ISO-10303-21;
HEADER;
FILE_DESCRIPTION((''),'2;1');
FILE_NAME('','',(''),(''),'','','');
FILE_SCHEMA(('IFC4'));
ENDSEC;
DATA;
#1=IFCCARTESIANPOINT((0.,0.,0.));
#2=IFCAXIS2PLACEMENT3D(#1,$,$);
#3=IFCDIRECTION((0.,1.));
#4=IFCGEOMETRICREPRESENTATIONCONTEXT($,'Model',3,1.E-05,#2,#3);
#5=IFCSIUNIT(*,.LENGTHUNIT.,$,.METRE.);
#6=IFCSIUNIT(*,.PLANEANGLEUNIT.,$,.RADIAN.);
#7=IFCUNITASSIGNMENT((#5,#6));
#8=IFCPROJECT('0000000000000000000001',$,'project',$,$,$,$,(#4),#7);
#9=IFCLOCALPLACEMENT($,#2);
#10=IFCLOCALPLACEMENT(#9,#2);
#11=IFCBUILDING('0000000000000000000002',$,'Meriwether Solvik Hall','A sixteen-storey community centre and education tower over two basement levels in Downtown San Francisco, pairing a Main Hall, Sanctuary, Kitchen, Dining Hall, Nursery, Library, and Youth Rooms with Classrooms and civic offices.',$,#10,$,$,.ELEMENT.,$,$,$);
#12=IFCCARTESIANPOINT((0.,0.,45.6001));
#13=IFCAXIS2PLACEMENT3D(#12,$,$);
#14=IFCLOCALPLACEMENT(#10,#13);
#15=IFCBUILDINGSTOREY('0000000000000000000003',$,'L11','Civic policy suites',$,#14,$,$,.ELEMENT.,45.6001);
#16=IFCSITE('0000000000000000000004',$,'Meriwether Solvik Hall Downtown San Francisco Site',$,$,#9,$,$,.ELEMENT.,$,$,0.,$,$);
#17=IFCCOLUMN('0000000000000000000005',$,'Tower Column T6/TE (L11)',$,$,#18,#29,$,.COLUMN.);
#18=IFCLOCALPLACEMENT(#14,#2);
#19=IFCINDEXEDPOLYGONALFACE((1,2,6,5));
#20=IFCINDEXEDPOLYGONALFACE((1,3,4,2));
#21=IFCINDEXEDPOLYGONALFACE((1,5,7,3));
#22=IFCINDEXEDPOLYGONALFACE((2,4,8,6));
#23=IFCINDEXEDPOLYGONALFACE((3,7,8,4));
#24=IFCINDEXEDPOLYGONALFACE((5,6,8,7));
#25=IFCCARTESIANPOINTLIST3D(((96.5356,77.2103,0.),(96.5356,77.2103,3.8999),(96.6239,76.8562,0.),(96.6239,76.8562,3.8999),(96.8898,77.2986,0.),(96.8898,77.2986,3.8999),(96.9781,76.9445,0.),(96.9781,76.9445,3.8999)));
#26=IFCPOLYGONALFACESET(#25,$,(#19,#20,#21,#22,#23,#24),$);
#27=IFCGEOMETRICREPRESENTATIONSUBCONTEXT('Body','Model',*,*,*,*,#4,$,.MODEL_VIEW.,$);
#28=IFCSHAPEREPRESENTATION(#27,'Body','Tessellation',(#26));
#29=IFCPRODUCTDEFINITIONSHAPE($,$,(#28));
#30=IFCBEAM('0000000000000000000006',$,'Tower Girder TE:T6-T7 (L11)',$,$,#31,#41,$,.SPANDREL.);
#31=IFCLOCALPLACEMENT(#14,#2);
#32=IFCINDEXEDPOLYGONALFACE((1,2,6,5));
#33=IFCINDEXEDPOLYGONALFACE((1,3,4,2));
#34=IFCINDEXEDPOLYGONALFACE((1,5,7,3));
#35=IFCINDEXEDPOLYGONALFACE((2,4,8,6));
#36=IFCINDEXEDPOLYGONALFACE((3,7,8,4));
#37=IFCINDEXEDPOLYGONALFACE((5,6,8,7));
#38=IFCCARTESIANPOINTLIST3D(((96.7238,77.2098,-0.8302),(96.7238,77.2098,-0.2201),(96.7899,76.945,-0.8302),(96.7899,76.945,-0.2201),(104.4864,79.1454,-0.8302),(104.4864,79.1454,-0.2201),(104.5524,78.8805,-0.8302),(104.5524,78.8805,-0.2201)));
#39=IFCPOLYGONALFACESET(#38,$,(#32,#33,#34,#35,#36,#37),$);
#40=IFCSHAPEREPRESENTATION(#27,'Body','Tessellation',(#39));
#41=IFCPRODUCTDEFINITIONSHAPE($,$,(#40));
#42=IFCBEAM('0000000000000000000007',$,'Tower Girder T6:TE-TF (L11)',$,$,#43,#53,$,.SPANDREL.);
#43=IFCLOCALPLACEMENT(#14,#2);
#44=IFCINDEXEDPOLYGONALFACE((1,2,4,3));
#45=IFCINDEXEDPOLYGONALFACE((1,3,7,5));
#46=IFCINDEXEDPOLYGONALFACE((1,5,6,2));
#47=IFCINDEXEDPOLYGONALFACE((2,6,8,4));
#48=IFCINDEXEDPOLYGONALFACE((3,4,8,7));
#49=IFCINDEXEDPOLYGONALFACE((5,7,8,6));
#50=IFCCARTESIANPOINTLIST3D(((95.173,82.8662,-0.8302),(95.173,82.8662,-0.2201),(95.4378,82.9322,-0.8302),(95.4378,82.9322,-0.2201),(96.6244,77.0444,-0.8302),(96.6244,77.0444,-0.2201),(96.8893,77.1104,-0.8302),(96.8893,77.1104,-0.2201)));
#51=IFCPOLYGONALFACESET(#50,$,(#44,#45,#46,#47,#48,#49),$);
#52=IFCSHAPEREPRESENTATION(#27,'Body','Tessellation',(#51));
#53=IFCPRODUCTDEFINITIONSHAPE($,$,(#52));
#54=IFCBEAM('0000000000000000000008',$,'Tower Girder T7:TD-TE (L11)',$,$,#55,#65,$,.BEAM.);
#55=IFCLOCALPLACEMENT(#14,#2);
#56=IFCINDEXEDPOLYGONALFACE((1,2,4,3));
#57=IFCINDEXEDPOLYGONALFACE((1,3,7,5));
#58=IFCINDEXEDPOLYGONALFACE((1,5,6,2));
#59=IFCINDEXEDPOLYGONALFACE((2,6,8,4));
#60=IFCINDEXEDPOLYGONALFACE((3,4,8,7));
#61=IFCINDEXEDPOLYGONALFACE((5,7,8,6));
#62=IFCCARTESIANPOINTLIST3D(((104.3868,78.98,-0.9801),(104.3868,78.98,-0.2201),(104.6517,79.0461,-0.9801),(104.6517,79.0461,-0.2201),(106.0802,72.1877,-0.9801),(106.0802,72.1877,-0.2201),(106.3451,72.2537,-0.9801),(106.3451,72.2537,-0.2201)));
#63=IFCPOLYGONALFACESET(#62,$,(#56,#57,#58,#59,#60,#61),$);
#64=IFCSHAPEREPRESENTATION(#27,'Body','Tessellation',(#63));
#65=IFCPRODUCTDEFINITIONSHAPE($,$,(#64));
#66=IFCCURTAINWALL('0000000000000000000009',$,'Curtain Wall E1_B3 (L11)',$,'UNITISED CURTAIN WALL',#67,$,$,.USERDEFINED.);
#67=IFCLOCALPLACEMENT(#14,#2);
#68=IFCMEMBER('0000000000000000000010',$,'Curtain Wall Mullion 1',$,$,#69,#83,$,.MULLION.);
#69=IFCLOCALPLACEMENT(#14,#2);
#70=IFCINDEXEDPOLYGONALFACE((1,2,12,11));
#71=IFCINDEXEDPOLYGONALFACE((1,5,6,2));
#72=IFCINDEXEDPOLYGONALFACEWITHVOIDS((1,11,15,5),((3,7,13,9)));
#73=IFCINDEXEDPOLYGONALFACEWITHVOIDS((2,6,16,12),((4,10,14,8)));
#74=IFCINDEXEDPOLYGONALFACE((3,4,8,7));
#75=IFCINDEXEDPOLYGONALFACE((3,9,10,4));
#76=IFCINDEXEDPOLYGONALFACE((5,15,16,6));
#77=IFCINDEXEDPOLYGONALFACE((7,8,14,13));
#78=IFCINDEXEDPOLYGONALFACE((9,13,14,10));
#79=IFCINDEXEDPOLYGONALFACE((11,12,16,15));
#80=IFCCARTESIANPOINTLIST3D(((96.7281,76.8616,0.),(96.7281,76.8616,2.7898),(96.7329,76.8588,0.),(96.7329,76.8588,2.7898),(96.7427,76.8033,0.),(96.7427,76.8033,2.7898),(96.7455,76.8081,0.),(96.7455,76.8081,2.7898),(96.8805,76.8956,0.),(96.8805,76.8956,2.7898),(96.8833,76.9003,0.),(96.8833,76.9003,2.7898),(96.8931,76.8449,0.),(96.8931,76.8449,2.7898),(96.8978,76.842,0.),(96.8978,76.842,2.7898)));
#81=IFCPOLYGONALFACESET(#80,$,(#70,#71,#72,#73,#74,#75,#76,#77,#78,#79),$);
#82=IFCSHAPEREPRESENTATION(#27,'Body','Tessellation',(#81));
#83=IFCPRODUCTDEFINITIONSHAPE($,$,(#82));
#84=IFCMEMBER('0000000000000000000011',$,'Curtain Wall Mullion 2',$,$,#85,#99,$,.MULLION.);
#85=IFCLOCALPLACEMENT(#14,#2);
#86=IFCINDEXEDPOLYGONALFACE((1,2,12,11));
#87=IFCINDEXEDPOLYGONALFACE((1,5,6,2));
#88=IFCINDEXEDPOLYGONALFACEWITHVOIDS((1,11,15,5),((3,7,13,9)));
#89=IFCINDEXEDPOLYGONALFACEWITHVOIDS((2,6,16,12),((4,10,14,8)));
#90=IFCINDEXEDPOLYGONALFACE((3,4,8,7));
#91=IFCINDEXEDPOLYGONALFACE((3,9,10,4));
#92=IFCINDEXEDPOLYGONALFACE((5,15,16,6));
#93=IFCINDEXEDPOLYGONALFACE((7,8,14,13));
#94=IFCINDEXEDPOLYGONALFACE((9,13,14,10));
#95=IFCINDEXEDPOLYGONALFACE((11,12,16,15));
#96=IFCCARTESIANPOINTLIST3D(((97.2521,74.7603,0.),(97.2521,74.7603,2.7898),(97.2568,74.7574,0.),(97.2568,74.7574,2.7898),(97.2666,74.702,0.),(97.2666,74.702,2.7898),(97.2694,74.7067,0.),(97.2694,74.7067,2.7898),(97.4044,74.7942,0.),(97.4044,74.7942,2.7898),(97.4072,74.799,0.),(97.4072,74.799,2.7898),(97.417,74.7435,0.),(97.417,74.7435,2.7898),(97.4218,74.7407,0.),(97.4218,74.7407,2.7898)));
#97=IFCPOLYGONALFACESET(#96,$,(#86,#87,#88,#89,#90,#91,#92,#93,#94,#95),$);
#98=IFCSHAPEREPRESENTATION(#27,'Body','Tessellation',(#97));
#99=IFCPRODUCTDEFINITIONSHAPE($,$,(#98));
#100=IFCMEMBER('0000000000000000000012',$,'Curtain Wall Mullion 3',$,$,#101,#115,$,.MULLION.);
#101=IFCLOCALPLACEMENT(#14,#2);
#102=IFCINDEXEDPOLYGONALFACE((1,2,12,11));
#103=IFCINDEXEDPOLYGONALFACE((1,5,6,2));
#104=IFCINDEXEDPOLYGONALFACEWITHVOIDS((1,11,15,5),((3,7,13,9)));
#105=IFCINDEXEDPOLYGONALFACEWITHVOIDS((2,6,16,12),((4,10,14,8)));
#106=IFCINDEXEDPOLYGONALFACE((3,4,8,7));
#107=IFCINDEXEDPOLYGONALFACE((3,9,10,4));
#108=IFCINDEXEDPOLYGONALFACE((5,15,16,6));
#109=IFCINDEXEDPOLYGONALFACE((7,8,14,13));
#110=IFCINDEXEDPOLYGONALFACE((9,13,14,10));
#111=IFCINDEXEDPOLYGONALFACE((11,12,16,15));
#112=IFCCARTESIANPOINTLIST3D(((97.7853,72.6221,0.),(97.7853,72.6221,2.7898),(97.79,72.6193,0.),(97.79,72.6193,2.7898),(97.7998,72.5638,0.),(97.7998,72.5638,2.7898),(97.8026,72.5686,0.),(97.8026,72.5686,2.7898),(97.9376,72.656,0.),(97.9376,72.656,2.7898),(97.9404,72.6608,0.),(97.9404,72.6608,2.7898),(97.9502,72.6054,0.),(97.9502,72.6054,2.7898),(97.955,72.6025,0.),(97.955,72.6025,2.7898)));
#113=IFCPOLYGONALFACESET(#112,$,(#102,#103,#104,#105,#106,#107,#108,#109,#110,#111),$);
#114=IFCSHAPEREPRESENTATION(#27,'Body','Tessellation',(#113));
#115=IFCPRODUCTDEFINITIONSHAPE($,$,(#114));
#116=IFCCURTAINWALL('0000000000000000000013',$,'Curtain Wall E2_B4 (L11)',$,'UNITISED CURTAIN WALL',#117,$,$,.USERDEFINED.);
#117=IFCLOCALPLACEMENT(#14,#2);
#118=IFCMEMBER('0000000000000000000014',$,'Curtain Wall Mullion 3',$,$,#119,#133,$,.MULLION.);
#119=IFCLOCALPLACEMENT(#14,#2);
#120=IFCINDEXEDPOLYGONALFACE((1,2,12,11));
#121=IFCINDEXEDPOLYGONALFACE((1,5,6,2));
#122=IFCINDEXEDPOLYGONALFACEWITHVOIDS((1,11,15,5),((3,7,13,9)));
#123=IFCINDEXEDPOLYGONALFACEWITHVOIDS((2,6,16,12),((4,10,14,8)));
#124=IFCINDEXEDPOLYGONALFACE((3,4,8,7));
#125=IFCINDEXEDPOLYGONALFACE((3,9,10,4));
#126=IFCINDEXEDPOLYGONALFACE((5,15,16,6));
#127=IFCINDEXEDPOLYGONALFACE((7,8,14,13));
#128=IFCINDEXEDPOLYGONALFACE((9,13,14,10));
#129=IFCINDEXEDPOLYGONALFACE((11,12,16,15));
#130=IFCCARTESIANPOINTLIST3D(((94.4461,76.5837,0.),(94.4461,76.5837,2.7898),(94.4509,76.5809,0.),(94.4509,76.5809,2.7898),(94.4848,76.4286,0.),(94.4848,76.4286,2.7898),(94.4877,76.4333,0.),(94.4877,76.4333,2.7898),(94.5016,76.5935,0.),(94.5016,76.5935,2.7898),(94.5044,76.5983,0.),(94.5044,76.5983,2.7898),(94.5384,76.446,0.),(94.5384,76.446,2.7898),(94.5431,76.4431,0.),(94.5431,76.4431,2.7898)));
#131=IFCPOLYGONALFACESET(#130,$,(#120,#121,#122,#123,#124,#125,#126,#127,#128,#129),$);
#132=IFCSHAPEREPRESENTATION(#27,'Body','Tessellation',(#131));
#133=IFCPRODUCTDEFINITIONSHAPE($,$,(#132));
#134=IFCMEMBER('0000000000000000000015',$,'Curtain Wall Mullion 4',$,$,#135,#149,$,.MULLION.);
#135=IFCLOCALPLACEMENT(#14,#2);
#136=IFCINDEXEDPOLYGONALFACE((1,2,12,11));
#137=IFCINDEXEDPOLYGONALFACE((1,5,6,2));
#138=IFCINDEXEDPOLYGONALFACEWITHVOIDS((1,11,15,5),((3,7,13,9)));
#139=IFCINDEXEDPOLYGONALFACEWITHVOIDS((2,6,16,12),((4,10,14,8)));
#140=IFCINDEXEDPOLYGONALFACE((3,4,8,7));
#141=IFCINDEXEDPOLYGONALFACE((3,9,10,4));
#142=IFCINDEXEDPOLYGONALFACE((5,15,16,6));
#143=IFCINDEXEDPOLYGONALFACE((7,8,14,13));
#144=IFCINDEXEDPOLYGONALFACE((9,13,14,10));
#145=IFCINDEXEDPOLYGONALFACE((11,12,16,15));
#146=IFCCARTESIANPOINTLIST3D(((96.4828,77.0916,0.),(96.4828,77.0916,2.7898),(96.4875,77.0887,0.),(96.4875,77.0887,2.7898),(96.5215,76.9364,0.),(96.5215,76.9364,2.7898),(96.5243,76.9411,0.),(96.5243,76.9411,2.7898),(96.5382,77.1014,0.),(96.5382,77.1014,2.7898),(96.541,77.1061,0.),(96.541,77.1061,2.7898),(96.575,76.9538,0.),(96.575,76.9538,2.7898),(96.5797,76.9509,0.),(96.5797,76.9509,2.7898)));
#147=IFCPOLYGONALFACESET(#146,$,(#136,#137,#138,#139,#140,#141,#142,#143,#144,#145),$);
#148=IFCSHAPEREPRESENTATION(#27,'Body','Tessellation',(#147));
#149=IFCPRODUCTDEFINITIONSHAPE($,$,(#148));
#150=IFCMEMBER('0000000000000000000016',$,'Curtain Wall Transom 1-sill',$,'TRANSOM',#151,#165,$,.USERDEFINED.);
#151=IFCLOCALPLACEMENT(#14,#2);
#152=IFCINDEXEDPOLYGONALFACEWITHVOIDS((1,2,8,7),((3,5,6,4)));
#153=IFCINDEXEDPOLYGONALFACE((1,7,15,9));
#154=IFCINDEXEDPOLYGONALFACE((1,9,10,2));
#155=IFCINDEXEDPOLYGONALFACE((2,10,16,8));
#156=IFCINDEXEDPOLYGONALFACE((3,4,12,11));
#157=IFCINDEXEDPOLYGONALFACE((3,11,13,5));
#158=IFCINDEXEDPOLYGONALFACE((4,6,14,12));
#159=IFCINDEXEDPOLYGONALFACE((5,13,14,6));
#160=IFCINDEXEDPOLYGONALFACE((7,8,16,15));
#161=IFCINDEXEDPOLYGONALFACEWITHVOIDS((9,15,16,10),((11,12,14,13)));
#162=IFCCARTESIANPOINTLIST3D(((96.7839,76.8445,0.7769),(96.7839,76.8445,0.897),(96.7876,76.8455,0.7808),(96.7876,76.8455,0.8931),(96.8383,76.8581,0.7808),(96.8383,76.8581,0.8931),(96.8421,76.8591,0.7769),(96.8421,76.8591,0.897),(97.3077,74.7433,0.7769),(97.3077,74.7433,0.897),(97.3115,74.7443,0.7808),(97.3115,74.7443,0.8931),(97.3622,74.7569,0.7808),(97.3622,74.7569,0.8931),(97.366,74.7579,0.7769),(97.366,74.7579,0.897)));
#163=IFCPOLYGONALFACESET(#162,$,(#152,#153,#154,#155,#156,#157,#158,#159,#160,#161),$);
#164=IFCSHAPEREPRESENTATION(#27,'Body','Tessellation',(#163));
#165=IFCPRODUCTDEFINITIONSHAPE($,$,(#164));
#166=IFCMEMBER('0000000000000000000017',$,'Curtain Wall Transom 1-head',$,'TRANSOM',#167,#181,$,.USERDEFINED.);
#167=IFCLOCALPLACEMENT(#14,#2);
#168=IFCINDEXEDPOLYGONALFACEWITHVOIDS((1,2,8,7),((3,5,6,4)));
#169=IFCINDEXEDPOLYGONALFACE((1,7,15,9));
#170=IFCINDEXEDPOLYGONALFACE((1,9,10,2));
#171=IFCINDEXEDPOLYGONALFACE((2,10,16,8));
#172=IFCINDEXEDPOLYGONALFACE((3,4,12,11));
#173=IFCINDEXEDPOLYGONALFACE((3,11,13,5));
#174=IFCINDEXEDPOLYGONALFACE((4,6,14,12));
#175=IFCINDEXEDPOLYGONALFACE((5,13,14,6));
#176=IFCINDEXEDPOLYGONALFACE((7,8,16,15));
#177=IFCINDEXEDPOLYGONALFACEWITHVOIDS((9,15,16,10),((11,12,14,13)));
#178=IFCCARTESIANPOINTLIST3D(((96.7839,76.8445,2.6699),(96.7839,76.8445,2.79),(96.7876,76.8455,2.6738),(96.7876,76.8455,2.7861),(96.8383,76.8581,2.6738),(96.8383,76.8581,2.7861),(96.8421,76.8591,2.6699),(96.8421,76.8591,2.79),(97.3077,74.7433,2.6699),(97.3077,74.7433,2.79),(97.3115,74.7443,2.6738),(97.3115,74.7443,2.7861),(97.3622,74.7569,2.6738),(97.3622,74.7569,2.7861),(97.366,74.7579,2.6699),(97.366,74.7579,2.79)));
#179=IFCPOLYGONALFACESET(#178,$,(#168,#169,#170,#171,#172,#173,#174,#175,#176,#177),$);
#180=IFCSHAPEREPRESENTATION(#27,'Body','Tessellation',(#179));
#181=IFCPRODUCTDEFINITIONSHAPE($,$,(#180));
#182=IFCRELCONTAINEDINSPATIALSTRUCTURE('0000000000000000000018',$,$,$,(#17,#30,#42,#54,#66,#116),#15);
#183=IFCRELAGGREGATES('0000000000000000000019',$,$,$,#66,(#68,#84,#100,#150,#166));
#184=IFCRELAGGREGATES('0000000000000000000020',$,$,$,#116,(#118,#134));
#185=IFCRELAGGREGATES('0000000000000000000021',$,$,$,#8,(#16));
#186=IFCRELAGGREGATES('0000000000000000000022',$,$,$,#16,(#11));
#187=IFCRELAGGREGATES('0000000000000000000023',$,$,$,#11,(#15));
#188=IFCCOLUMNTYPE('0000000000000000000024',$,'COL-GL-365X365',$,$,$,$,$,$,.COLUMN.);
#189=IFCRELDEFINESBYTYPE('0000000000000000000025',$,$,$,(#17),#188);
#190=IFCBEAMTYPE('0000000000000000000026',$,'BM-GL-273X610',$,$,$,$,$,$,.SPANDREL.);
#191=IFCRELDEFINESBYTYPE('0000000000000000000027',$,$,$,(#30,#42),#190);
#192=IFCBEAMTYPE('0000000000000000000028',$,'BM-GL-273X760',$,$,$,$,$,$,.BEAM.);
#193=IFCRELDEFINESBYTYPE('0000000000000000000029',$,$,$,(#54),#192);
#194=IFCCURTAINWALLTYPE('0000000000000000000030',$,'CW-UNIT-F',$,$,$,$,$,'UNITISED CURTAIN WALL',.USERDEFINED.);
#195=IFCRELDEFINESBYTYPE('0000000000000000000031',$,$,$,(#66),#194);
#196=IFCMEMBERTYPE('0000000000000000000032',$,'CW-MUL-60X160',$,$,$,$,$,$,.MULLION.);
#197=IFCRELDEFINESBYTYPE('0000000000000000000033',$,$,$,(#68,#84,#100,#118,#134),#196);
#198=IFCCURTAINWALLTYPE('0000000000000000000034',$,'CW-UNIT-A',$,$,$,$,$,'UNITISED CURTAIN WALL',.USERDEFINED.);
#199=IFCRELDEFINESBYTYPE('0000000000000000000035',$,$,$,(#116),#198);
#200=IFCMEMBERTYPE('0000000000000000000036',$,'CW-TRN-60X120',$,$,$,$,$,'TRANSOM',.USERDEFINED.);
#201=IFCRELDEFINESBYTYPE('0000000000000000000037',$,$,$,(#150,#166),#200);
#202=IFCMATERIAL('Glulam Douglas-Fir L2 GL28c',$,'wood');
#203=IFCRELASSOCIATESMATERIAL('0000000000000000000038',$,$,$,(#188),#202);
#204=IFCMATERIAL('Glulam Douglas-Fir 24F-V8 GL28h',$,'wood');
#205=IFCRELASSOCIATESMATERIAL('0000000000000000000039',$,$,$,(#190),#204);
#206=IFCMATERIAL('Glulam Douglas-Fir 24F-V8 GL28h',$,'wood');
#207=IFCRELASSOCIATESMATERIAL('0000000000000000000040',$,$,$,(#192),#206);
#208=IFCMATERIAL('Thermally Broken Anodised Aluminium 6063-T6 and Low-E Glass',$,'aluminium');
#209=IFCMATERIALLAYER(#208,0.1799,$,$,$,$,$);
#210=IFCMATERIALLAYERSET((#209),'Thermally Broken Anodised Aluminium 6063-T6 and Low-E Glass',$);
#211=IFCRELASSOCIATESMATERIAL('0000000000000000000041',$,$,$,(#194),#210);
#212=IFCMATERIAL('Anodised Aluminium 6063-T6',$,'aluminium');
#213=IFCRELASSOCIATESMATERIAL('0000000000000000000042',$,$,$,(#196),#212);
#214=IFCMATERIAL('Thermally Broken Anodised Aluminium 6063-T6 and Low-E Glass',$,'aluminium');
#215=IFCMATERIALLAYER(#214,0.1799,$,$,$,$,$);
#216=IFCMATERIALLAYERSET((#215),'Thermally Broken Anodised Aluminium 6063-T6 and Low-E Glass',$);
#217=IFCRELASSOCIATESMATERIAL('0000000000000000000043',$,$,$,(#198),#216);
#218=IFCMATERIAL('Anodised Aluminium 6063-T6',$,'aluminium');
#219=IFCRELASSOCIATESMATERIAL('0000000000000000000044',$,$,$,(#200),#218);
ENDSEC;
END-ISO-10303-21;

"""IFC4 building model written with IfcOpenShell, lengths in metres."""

from ifc_helpers import new_model, si_unit, direction, frame, origin, origin_2d, place, context, subcontext, project, spatial, rectangle, hollow_rectangle, extrude, material, layer, layer_set, material_profile, profile_set, type_object, element, aggregate, save


model = new_model("IFC4")

# Units and contexts
model_context = context("Model", 3, precision=1e-05, world=origin(), true_north=direction((0.0, 1.0)))
body_context = subcontext(model_context, "Body", "Model", "MODEL_VIEW")
ifc_project = project(units=[si_unit("LENGTHUNIT", "METRE"), si_unit("PLANEANGLEUNIT", "RADIAN")], contexts=[model_context])

# Site, building, storey
site_placement = place(None, origin())
site = spatial("IfcSite", under=ifc_project, at=site_placement, Name="Meriwether Solvik Hall Downtown San Francisco Site", CompositionType="ELEMENT", RefElevation=0.0)
building_placement = place(site_placement, origin())
building = spatial("IfcBuilding", under=site, at=building_placement, Name="Meriwether Solvik Hall", Description="A sixteen-storey community centre and education tower over two basement levels in Downtown San Francisco, pairing a Main Hall, Sanctuary, Kitchen, Dining Hall, Nursery, Library, and Youth Rooms with Classrooms and civic offices.", CompositionType="ELEMENT")
storey_placement = place(building_placement, frame((0.0, 0.0, 45.6001)))
storey = spatial("IfcBuildingStorey", under=building, at=storey_placement, Name="L11", Description="Civic policy suites", CompositionType="ELEMENT", Elevation=45.6001)

# Column
ifc_material_1 = material(Name="Glulam Douglas-Fir L2 GL28c", Category="wood")
ifc_material_profile_1 = material_profile(ifc_material_1, rectangle(XDim=0.365, YDim=0.365, at=origin_2d()), Name="GLC-365X365")
ifc_profile_set_1 = profile_set([ifc_material_profile_1], Name="Glulam Douglas-Fir L2 GL28c")
column_type = type_object("IfcColumnType", Name="COL-GL-365X365", PredefinedType="COLUMN", material=ifc_profile_set_1)
column_placement = place(storey_placement, frame((96.7568, 77.0774, 0.0), z_axis=(0.0, 0.0, 1.0), x_axis=(0.970296, 0.241922, 0.0)))
element("IfcColumn", 1, at=column_placement, inside=storey, type_object=column_type, Name="Tower Column T6/TE (L11)", PredefinedType="COLUMN", context=body_context, shape_type="SweptSolid", body=[
    extrude(rectangle(XDim=0.365, YDim=0.365, at=origin_2d()), origin(), (0.0, 0.0, 1.0), 3.8999),
])

# Beams
ifc_material_2 = material(Name="Glulam Douglas-Fir 24F-V8 GL28h", Category="wood")
ifc_material_profile_2 = material_profile(ifc_material_2, rectangle(XDim=0.2729, YDim=0.6101, at=origin_2d()), Name="GLB-273X610")
ifc_profile_set_2 = profile_set([ifc_material_profile_2], Name="Glulam Douglas-Fir 24F-V8 GL28h")
beam_type_1 = type_object("IfcBeamType", Name="BM-GL-273X610", PredefinedType="SPANDREL", material=ifc_profile_set_2)
beam_1_placement = place(storey_placement, frame((96.7568, 77.0774, -0.5251), z_axis=(0.970291, 0.24194, 0.0), x_axis=(-0.24194, 0.970291, 0.0)))
element("IfcBeam", 2, at=beam_1_placement, inside=storey, type_object=beam_type_1, Name="Tower Girder TE:T6-T7 (L11)", PredefinedType="SPANDREL", context=body_context, shape_type="SweptSolid", body=[
    extrude(rectangle(XDim=0.2729, YDim=0.6101, at=origin_2d()), origin(), (0.0, 0.0, 1.0), 8.0002),
])
beam_2_placement = place(storey_placement, frame((96.7568, 77.0774, -0.5251), z_axis=(-0.241904, 0.9703, 0.0), x_axis=(-0.9703, -0.241904, 0.0)))
element("IfcBeam", 3, at=beam_2_placement, inside=storey, type_object=beam_type_1, Name="Tower Girder T6:TE-TF (L11)", PredefinedType="SPANDREL", context=body_context, shape_type="SweptSolid", body=[
    extrude(rectangle(XDim=0.2729, YDim=0.6101, at=origin_2d()), origin(), (0.0, 0.0, 1.0), 6.0),
])
ifc_material_3 = material(Name="Glulam Douglas-Fir 24F-V8 GL28h", Category="wood")
ifc_material_profile_3 = material_profile(ifc_material_3, rectangle(XDim=0.2729, YDim=0.76, at=origin_2d()), Name="GLB-273X760")
ifc_profile_set_3 = profile_set([ifc_material_profile_3], Name="Glulam Douglas-Fir 24F-V8 GL28h")
beam_type_2 = type_object("IfcBeamType", Name="BM-GL-273X760", PredefinedType="BEAM", material=ifc_profile_set_3)
beam_3_placement = place(storey_placement, frame((106.2126, 72.2207, -0.6001), z_axis=(-0.241904, 0.9703, 0.0), x_axis=(-0.9703, -0.241904, 0.0)))
element("IfcBeam", 4, at=beam_3_placement, inside=storey, type_object=beam_type_2, Name="Tower Girder T7:TD-TE (L11)", PredefinedType="BEAM", context=body_context, shape_type="SweptSolid", body=[
    extrude(rectangle(XDim=0.2729, YDim=0.76, at=origin_2d()), origin(), (0.0, 0.0, 1.0), 7.0002),
])

# Curtain walls, members
ifc_material_4 = material(Name="Thermally Broken Anodised Aluminium 6063-T6 and Low-E Glass", Category="aluminium")
ifc_layer_1 = layer(ifc_material_4, 0.1799)
ifc_layer_set_1 = layer_set([ifc_layer_1], Name="Thermally Broken Anodised Aluminium 6063-T6 and Low-E Glass")
curtain_wall_type_1 = type_object("IfcCurtainWallType", Name="CW-UNIT-F", ElementType="UNITISED CURTAIN WALL", PredefinedType="USERDEFINED", material=ifc_layer_set_1)
curtain_wall_1_placement = place(storey_placement, origin())
curtain_wall_1 = element("IfcCurtainWall", 5, at=curtain_wall_1_placement, inside=storey, type_object=curtain_wall_type_1, Name="Curtain Wall E1_B3 (L11)", ObjectType="UNITISED CURTAIN WALL", PredefinedType="USERDEFINED")
ifc_material_5 = material(Name="Anodised Aluminium 6063-T6", Category="aluminium")
ifc_material_profile_4 = material_profile(ifc_material_5, hollow_rectangle(XDim=0.0601, YDim=0.1599, WallThickness=0.0039, at=origin_2d()), Name="CWM-60X160")
ifc_profile_set_4 = profile_set([ifc_material_profile_4], Name="Anodised Aluminium 6063-T6")
member_type_1 = type_object("IfcMemberType", Name="CW-MUL-60X160", PredefinedType="MULLION", material=ifc_profile_set_4)
member_1_placement = place(storey_placement, frame((96.813, 76.8518, 0.0), z_axis=(0.0, 0.0, 1.0), x_axis=(0.241922, -0.970296, 0.0)))
member_1 = element("IfcMember", 6, at=member_1_placement, type_object=member_type_1, Name="Curtain Wall Mullion 1", PredefinedType="MULLION", context=body_context, shape_type="SweptSolid", body=[
    extrude(hollow_rectangle(XDim=0.0601, YDim=0.1599, WallThickness=0.0039, at=origin_2d()), origin(), (0.0, 0.0, 1.0), 2.7898),
])
member_2_placement = place(storey_placement, frame((97.3369, 74.7505, 0.0), z_axis=(0.0, 0.0, 1.0), x_axis=(0.241922, -0.970296, 0.0)))
member_2 = element("IfcMember", 7, at=member_2_placement, type_object=member_type_1, Name="Curtain Wall Mullion 2", PredefinedType="MULLION", context=body_context, shape_type="SweptSolid", body=[
    extrude(hollow_rectangle(XDim=0.0601, YDim=0.1599, WallThickness=0.0039, at=origin_2d()), origin(), (0.0, 0.0, 1.0), 2.7898),
])
member_3_placement = place(storey_placement, frame((97.8701, 72.6123, 0.0), z_axis=(0.0, 0.0, 1.0), x_axis=(0.241922, -0.970296, 0.0)))
member_3 = element("IfcMember", 8, at=member_3_placement, type_object=member_type_1, Name="Curtain Wall Mullion 3", PredefinedType="MULLION", context=body_context, shape_type="SweptSolid", body=[
    extrude(hollow_rectangle(XDim=0.0601, YDim=0.1599, WallThickness=0.0039, at=origin_2d()), origin(), (0.0, 0.0, 1.0), 2.7898),
])
ifc_material_6 = material(Name="Thermally Broken Anodised Aluminium 6063-T6 and Low-E Glass", Category="aluminium")
ifc_layer_2 = layer(ifc_material_6, 0.1799)
ifc_layer_set_2 = layer_set([ifc_layer_2], Name="Thermally Broken Anodised Aluminium 6063-T6 and Low-E Glass")
curtain_wall_type_2 = type_object("IfcCurtainWallType", Name="CW-UNIT-A", ElementType="UNITISED CURTAIN WALL", PredefinedType="USERDEFINED", material=ifc_layer_set_2)
curtain_wall_2_placement = place(storey_placement, origin())
curtain_wall_2 = element("IfcCurtainWall", 9, at=curtain_wall_2_placement, inside=storey, type_object=curtain_wall_type_2, Name="Curtain Wall E2_B4 (L11)", ObjectType="UNITISED CURTAIN WALL", PredefinedType="USERDEFINED")
member_4_placement = place(storey_placement, frame((94.4946, 76.5134, 0.0), z_axis=(0.0, 0.0, 1.0), x_axis=(0.970296, 0.241922, 0.0)))
member_4 = element("IfcMember", 10, at=member_4_placement, type_object=member_type_1, Name="Curtain Wall Mullion 3", PredefinedType="MULLION", context=body_context, shape_type="SweptSolid", body=[
    extrude(hollow_rectangle(XDim=0.0601, YDim=0.1599, WallThickness=0.0039, at=origin_2d()), origin(), (0.0, 0.0, 1.0), 2.7898),
])
member_5_placement = place(storey_placement, frame((96.5312, 77.0212, 0.0), z_axis=(0.0, 0.0, 1.0), x_axis=(0.970296, 0.241922, 0.0)))
member_5 = element("IfcMember", 11, at=member_5_placement, type_object=member_type_1, Name="Curtain Wall Mullion 4", PredefinedType="MULLION", context=body_context, shape_type="SweptSolid", body=[
    extrude(hollow_rectangle(XDim=0.0601, YDim=0.1599, WallThickness=0.0039, at=origin_2d()), origin(), (0.0, 0.0, 1.0), 2.7898),
])

# Members
ifc_material_7 = material(Name="Anodised Aluminium 6063-T6", Category="aluminium")
ifc_material_profile_5 = material_profile(ifc_material_7, hollow_rectangle(XDim=0.0601, YDim=0.1201, WallThickness=0.0039, at=origin_2d()), Name="CWT-60X120")
ifc_profile_set_5 = profile_set([ifc_material_profile_5], Name="Anodised Aluminium 6063-T6")
member_type_2 = type_object("IfcMemberType", Name="CW-TRN-60X120", ElementType="TRANSOM", PredefinedType="USERDEFINED", material=ifc_profile_set_5)
member_6_placement = place(storey_placement, frame((96.813, 76.8518, 0.8369), z_axis=(0.241925, -0.970295, 0.0), x_axis=(0.970295, 0.241925, 0.0)))
member_6 = element("IfcMember", 12, at=member_6_placement, type_object=member_type_2, Name="Curtain Wall Transom 1-sill", ObjectType="TRANSOM", PredefinedType="USERDEFINED", context=body_context, shape_type="SweptSolid", body=[
    extrude(hollow_rectangle(XDim=0.0601, YDim=0.1201, WallThickness=0.0039, at=origin_2d()), origin(), (0.0, 0.0, 1.0), 2.1655),
])
member_7_placement = place(storey_placement, frame((96.813, 76.8518, 2.73), z_axis=(0.241925, -0.970295, 0.0), x_axis=(0.970295, 0.241925, 0.0)))
member_7 = element("IfcMember", 13, at=member_7_placement, type_object=member_type_2, Name="Curtain Wall Transom 1-head", ObjectType="TRANSOM", PredefinedType="USERDEFINED", context=body_context, shape_type="SweptSolid", body=[
    extrude(hollow_rectangle(XDim=0.0601, YDim=0.1201, WallThickness=0.0039, at=origin_2d()), origin(), (0.0, 0.0, 1.0), 2.1655),
])

aggregate(curtain_wall_1, [member_1, member_2, member_3, member_6, member_7])
aggregate(curtain_wall_2, [member_4, member_5])

save(model, "model.ifc")
